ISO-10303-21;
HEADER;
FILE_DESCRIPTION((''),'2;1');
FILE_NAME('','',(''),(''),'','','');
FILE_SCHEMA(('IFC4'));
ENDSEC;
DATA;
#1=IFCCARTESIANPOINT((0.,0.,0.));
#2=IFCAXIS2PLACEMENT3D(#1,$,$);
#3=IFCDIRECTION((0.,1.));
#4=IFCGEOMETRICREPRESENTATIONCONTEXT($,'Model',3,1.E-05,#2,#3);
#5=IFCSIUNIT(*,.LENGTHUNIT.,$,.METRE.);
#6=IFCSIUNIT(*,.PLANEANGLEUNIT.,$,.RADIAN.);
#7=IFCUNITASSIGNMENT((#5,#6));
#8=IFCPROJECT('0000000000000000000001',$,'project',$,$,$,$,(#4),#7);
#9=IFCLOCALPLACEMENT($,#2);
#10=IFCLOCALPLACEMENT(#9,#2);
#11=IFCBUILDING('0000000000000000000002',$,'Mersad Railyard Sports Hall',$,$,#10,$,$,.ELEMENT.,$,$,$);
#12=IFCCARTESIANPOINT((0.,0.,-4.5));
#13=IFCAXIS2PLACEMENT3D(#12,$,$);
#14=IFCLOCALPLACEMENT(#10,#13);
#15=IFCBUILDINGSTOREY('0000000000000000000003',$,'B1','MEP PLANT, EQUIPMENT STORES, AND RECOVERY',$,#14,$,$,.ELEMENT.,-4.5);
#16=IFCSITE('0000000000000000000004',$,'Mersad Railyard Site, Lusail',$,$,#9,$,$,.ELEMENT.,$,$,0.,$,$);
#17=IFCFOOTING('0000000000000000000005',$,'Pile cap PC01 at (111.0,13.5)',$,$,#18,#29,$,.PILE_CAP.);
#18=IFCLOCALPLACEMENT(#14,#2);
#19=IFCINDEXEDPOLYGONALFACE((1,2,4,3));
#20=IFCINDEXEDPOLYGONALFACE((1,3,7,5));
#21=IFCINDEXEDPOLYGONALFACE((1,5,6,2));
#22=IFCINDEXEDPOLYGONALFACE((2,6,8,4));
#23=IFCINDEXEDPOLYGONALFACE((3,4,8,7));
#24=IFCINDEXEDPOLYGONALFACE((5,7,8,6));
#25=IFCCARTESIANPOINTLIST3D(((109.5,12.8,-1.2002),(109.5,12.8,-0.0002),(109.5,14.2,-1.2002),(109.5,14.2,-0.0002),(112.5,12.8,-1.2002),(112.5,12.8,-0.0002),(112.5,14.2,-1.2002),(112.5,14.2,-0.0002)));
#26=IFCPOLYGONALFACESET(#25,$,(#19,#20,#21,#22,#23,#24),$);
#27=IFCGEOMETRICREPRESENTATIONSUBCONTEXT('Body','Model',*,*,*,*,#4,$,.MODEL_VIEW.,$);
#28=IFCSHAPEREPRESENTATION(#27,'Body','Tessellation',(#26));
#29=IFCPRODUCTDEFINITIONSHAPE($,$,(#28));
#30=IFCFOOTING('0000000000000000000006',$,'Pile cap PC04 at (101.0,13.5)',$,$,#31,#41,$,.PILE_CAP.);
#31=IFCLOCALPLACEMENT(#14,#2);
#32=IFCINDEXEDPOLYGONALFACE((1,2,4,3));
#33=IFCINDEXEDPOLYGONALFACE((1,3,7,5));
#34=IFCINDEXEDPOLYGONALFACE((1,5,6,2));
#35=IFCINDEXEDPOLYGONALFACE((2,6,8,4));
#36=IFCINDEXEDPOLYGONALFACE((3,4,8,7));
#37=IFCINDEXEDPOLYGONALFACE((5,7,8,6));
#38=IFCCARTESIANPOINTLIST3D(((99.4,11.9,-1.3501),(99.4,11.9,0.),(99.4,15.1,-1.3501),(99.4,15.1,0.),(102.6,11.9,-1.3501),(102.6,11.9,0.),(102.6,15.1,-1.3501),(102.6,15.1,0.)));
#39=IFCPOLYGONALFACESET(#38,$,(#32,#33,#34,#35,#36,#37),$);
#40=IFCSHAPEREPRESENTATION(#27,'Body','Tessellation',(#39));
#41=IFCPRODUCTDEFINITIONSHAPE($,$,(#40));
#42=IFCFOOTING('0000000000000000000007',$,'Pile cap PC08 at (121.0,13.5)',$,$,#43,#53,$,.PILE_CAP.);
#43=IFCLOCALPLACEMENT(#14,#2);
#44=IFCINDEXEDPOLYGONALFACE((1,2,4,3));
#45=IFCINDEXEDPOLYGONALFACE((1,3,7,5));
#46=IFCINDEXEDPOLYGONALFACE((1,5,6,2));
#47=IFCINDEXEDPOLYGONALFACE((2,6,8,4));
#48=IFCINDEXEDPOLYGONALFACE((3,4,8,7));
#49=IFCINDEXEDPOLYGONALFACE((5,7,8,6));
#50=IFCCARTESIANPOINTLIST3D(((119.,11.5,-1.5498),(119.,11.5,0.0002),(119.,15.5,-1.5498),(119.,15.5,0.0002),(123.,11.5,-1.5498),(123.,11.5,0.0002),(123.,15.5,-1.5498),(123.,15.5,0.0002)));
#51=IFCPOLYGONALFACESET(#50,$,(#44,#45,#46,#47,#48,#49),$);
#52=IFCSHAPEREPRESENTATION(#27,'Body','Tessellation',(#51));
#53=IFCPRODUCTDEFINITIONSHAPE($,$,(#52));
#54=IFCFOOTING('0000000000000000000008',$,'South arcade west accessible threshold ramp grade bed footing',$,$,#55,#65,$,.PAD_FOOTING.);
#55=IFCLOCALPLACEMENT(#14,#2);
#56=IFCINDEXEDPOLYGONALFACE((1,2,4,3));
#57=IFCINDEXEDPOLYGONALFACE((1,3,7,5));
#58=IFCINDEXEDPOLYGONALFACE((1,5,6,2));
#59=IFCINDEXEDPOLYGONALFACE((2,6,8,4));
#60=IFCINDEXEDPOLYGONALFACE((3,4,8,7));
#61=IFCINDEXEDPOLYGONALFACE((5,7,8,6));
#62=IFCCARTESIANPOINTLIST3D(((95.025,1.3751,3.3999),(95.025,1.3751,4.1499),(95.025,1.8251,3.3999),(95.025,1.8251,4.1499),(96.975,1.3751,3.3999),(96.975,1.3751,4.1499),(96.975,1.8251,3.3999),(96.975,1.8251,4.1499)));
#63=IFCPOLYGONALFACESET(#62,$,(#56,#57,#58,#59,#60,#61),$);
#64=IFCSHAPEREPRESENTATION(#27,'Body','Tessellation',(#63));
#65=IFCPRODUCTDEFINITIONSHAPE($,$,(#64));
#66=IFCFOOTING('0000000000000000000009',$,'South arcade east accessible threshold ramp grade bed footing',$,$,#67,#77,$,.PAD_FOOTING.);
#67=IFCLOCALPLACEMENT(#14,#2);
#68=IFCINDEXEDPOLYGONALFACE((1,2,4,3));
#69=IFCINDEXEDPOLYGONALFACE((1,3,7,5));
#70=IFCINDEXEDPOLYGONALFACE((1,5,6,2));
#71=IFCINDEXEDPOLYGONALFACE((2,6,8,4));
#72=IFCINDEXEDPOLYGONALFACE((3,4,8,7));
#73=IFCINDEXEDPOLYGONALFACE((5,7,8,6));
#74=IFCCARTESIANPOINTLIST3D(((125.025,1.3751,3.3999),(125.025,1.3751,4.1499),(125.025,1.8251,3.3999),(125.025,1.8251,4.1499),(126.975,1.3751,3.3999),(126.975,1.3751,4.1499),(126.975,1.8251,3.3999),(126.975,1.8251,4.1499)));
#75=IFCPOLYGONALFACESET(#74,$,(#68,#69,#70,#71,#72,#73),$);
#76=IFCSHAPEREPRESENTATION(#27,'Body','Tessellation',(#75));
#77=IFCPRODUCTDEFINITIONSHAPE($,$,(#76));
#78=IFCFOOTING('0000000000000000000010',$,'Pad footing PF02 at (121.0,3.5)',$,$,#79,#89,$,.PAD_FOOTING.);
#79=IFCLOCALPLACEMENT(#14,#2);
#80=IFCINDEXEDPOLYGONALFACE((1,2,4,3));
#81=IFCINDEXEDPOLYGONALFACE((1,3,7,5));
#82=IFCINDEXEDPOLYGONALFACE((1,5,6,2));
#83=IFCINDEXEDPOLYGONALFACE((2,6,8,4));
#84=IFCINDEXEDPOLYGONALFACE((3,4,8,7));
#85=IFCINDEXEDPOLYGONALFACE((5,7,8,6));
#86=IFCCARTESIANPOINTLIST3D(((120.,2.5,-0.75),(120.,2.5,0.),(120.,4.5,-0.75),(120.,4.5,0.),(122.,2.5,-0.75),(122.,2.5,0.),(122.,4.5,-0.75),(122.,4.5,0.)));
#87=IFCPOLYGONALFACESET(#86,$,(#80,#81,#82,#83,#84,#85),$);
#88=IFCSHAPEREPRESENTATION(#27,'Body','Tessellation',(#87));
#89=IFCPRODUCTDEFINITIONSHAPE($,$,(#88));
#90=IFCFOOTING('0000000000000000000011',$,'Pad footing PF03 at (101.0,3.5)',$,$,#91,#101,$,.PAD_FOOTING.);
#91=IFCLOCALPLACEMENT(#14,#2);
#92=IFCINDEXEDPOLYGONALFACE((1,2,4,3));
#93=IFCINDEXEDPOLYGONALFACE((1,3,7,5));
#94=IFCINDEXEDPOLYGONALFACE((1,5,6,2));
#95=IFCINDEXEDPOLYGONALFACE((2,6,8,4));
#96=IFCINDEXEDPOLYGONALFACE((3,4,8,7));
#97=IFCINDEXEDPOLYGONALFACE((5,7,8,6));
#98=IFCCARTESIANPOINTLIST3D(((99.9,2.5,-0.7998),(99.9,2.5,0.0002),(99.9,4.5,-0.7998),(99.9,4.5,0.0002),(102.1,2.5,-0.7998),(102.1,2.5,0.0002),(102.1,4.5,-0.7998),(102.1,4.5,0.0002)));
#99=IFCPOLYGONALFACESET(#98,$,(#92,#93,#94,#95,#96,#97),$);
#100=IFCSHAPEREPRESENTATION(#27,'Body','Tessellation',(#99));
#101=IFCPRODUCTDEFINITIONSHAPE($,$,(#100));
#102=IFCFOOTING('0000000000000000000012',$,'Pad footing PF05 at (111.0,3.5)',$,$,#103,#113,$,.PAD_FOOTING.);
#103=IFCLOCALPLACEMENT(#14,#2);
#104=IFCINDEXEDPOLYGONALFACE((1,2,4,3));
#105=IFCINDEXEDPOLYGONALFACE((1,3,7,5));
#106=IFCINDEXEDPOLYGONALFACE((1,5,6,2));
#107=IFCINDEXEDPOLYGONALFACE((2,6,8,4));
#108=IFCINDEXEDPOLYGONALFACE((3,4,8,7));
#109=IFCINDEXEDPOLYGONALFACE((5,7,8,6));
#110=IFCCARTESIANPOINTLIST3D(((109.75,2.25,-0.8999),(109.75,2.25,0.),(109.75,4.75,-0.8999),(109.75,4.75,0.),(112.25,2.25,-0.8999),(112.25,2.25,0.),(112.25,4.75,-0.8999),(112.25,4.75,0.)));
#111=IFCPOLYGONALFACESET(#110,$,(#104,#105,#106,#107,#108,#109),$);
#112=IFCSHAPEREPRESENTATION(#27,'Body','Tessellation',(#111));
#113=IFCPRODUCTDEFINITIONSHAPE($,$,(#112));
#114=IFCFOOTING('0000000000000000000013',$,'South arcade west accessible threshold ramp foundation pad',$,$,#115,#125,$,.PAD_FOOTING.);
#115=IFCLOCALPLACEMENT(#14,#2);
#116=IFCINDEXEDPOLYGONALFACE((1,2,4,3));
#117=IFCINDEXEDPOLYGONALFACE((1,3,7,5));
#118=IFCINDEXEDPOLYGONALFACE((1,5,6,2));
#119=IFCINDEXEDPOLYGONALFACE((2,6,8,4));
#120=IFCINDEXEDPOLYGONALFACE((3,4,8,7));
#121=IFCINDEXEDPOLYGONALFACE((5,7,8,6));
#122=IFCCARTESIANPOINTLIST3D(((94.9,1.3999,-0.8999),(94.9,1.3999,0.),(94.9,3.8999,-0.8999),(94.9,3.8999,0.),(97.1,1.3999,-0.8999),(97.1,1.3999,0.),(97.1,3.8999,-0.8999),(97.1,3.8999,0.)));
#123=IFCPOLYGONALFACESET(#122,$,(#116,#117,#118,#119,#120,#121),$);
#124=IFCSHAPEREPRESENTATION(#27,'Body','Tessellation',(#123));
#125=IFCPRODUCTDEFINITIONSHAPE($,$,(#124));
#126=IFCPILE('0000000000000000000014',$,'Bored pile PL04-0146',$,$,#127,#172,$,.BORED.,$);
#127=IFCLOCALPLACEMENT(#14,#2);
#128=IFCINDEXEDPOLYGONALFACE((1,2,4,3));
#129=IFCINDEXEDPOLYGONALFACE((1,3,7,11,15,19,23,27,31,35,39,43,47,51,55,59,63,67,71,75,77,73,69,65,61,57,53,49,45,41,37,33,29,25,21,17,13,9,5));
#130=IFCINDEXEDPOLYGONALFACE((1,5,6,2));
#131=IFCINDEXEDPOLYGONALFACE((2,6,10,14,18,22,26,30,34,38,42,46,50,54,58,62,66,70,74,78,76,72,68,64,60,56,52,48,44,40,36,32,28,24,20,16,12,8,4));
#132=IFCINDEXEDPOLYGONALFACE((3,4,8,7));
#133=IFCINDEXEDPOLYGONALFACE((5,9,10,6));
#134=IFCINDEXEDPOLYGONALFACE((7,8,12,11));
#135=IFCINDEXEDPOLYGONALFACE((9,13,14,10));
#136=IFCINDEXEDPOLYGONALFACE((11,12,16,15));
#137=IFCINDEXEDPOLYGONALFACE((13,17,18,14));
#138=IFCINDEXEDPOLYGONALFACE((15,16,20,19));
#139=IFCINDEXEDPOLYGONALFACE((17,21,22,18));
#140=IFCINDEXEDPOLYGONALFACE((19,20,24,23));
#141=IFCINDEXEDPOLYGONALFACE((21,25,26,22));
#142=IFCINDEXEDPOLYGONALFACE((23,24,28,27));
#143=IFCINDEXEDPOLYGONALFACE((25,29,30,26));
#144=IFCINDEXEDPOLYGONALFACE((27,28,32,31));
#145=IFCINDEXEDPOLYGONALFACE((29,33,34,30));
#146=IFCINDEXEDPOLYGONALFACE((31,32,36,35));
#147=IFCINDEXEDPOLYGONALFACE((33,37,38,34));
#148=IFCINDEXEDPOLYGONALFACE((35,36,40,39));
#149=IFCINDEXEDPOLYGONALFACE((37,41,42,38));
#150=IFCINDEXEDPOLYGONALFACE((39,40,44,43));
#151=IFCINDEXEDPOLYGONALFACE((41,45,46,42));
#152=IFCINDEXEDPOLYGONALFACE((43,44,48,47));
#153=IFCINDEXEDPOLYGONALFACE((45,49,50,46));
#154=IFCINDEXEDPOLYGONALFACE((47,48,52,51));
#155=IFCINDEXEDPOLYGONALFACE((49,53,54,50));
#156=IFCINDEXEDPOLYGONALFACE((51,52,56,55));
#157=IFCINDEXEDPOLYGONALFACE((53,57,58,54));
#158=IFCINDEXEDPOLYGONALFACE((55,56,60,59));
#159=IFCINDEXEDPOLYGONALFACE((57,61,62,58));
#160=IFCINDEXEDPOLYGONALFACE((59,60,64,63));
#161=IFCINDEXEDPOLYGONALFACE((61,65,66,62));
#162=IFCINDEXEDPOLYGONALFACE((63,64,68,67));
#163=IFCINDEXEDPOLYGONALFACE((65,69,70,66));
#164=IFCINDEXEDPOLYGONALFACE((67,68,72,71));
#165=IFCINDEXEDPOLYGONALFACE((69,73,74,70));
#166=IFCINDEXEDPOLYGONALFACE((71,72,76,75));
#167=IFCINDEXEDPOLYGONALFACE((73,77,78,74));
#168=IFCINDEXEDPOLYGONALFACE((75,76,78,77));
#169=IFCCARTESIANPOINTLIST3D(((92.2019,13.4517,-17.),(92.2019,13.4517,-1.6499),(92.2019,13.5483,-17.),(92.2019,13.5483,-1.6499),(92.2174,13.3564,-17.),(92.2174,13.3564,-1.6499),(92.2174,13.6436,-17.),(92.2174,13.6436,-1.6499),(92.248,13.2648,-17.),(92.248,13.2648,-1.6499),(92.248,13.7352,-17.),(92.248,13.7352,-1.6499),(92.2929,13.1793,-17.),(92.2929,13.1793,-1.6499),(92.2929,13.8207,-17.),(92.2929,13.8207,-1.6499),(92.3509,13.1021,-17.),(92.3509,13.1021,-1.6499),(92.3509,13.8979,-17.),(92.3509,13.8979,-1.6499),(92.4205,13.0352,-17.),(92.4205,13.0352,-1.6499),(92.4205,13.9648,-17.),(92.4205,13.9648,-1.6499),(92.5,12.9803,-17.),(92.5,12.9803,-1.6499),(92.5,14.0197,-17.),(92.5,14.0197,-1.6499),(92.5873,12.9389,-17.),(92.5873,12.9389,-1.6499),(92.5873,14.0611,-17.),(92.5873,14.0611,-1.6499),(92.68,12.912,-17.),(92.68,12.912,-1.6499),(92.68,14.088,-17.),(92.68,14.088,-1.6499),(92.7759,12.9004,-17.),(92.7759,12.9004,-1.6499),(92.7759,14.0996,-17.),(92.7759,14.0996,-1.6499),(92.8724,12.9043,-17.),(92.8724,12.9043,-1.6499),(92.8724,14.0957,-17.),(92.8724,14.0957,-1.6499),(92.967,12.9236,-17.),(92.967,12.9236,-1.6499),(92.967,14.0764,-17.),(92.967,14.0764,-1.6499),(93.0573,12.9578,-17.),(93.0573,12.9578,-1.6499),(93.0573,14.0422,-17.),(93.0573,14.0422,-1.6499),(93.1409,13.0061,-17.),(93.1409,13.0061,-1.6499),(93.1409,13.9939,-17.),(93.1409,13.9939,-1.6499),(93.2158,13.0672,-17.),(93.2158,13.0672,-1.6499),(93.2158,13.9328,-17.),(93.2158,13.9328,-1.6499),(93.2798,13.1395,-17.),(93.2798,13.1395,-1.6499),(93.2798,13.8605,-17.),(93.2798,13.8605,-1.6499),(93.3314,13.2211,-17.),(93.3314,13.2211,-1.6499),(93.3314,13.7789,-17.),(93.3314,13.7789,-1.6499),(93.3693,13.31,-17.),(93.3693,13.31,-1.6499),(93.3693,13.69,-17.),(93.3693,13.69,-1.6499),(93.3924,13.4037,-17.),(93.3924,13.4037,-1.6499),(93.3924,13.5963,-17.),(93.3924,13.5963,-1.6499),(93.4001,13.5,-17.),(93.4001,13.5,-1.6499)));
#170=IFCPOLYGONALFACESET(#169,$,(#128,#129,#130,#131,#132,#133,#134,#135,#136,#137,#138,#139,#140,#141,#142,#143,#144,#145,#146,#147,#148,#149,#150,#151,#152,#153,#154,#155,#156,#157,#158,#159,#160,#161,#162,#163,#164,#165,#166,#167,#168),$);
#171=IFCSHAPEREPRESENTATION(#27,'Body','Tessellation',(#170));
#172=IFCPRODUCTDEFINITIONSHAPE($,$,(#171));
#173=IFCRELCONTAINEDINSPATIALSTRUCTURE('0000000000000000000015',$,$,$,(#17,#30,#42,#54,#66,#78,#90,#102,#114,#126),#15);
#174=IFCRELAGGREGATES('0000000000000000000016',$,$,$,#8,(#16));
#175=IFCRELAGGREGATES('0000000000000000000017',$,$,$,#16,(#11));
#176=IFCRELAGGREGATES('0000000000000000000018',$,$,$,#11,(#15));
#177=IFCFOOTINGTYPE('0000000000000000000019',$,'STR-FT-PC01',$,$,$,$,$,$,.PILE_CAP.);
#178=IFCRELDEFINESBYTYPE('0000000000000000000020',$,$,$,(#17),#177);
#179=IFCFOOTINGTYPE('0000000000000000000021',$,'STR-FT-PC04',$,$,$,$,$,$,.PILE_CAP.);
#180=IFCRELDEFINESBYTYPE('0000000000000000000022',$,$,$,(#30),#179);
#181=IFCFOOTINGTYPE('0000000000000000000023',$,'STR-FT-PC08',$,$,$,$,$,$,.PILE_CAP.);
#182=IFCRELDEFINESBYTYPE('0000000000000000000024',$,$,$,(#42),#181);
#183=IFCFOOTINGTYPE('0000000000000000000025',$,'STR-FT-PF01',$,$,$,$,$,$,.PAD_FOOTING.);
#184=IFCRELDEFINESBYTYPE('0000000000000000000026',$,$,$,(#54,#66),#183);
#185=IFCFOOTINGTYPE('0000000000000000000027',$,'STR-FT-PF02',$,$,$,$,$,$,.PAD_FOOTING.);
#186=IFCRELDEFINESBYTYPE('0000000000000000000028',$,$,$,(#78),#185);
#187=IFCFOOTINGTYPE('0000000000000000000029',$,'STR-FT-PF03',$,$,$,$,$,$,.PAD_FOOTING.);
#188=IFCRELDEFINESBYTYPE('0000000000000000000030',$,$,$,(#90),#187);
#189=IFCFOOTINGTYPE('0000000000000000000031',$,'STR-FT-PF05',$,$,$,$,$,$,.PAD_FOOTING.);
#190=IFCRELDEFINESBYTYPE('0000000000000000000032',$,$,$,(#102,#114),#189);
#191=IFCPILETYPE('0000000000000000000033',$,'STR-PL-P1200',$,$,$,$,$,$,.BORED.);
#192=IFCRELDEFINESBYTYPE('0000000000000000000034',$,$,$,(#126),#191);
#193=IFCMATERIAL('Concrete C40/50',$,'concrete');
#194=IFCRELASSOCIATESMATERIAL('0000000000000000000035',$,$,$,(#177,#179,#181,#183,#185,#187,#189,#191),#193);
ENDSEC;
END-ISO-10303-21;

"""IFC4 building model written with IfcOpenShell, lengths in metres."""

from ifc_helpers import new_model, si_unit, direction, frame, origin, origin_2d, place, context, subcontext, project, spatial, rectangle, circle, extrude, material, material_profile, profile_set, type_object, element, save


model = new_model("IFC4")

# Units and contexts
model_context = context("Model", 3, precision=1e-05, world=origin(), true_north=direction((0.0, 1.0)))
body_context = subcontext(model_context, "Body", "Model", "MODEL_VIEW")
ifc_project = project(units=[si_unit("LENGTHUNIT", "METRE"), si_unit("PLANEANGLEUNIT", "RADIAN")], contexts=[model_context])

# Site, building, storey
site_placement = place(None, origin())
site = spatial("IfcSite", under=ifc_project, at=site_placement, Name="Mersad Railyard Site, Lusail", CompositionType="ELEMENT", RefElevation=0.0)
building_placement = place(site_placement, origin())
building = spatial("IfcBuilding", under=site, at=building_placement, Name="Mersad Railyard Sports Hall", CompositionType="ELEMENT")
storey_placement = place(building_placement, frame((0.0, 0.0, -4.5)))
storey = spatial("IfcBuildingStorey", under=building, at=storey_placement, Name="B1", Description="MEP PLANT, EQUIPMENT STORES, AND RECOVERY", CompositionType="ELEMENT", Elevation=-4.5)

# Footings
ifc_material_1 = material(Name="Concrete C40/50", Category="concrete")
footing_type_1 = type_object("IfcFootingType", Name="STR-FT-PC01", PredefinedType="PILE_CAP", material=ifc_material_1)
footing_1_placement = place(storey_placement, frame((111.0, 13.5, -1.2002), z_axis=(0.0, 0.0, 1.0), x_axis=(1.0, 0.0, 0.0)))
element("IfcFooting", 1, at=footing_1_placement, inside=storey, type_object=footing_type_1, Name="Pile cap PC01 at (111.0,13.5)", PredefinedType="PILE_CAP", context=body_context, shape_type="SweptSolid", body=[
    extrude(rectangle(XDim=3.0, YDim=1.3999, at=origin_2d()), origin(), (0.0, 0.0, 1.0), 1.2),
])
footing_type_2 = type_object("IfcFootingType", Name="STR-FT-PC04", PredefinedType="PILE_CAP", material=ifc_material_1)
footing_2_placement = place(storey_placement, frame((101.0, 13.5, -1.3501), z_axis=(0.0, 0.0, 1.0), x_axis=(1.0, 0.0, 0.0)))
element("IfcFooting", 2, at=footing_2_placement, inside=storey, type_object=footing_type_2, Name="Pile cap PC04 at (101.0,13.5)", PredefinedType="PILE_CAP", context=body_context, shape_type="SweptSolid", body=[
    extrude(rectangle(XDim=3.2, YDim=3.2, at=origin_2d()), origin(), (0.0, 0.0, 1.0), 1.3501),
])
footing_type_3 = type_object("IfcFootingType", Name="STR-FT-PC08", PredefinedType="PILE_CAP", material=ifc_material_1)
footing_3_placement = place(storey_placement, frame((121.0, 13.5, -1.5498), z_axis=(0.0, 0.0, 1.0), x_axis=(1.0, 0.0, 0.0)))
element("IfcFooting", 3, at=footing_3_placement, inside=storey, type_object=footing_type_3, Name="Pile cap PC08 at (121.0,13.5)", PredefinedType="PILE_CAP", context=body_context, shape_type="SweptSolid", body=[
    extrude(rectangle(XDim=4.0, YDim=4.0, at=origin_2d()), origin(), (0.0, 0.0, 1.0), 1.55),
])
footing_type_4 = type_object("IfcFootingType", Name="STR-FT-PF01", PredefinedType="PAD_FOOTING", material=ifc_material_1)
for number, where, z_axis, x_axis, name in (
    (4, (96.0, 1.6001, 3.3999), (0.0, 0.0, 1.0), (1.0, 0.0, 0.0), "South arcade west accessible threshold ramp grade bed footing"),
    (5, (126.0, 1.6001, 3.3999), (0.0, 0.0, 1.0), (1.0, 0.0, 0.0), "South arcade east accessible threshold ramp grade bed footing"),
):
    element("IfcFooting", number, at=place(storey_placement, frame(where, z_axis=z_axis, x_axis=x_axis)), inside=storey, type_object=footing_type_4, Name=name, PredefinedType="PAD_FOOTING", context=body_context, shape_type="SweptSolid", body=[
        extrude(rectangle(XDim=1.95, YDim=0.45, at=origin_2d()), origin(), (0.0, 0.0, 1.0), 0.75),
    ])
footing_type_5 = type_object("IfcFootingType", Name="STR-FT-PF02", PredefinedType="PAD_FOOTING", material=ifc_material_1)
footing_4_placement = place(storey_placement, frame((121.0, 3.5, -0.75), z_axis=(0.0, 0.0, 1.0), x_axis=(1.0, 0.0, 0.0)))
element("IfcFooting", 6, at=footing_4_placement, inside=storey, type_object=footing_type_5, Name="Pad footing PF02 at (121.0,3.5)", PredefinedType="PAD_FOOTING", context=body_context, shape_type="SweptSolid", body=[
    extrude(rectangle(XDim=2.0, YDim=2.0, at=origin_2d()), origin(), (0.0, 0.0, 1.0), 0.75),
])
footing_type_6 = type_object("IfcFootingType", Name="STR-FT-PF03", PredefinedType="PAD_FOOTING", material=ifc_material_1)
footing_5_placement = place(storey_placement, frame((101.0, 3.5, -0.7998), z_axis=(0.0, 0.0, 1.0), x_axis=(1.0, 0.0, 0.0)))
element("IfcFooting", 7, at=footing_5_placement, inside=storey, type_object=footing_type_6, Name="Pad footing PF03 at (101.0,3.5)", PredefinedType="PAD_FOOTING", context=body_context, shape_type="SweptSolid", body=[
    extrude(rectangle(XDim=2.2, YDim=2.0, at=origin_2d()), origin(), (0.0, 0.0, 1.0), 0.8),
])
footing_type_7 = type_object("IfcFootingType", Name="STR-FT-PF05", PredefinedType="PAD_FOOTING", material=ifc_material_1)
footing_6_placement = place(storey_placement, frame((111.0, 3.5, -0.8999), z_axis=(0.0, 0.0, 1.0), x_axis=(1.0, 0.0, 0.0)))
element("IfcFooting", 8, at=footing_6_placement, inside=storey, type_object=footing_type_7, Name="Pad footing PF05 at (111.0,3.5)", PredefinedType="PAD_FOOTING", context=body_context, shape_type="SweptSolid", body=[
    extrude(rectangle(XDim=2.5, YDim=2.5, at=origin_2d()), origin(), (0.0, 0.0, 1.0), 0.8999),
])
footing_7_placement = place(storey_placement, frame((96.0, 2.6499, -0.8999), z_axis=(0.0, 0.0, 1.0), x_axis=(1.0, 0.0, 0.0)))
element("IfcFooting", 9, at=footing_7_placement, inside=storey, type_object=footing_type_7, Name="South arcade west accessible threshold ramp foundation pad", PredefinedType="PAD_FOOTING", context=body_context, shape_type="SweptSolid", body=[
    extrude(rectangle(XDim=2.2, YDim=2.5, at=origin_2d()), origin(), (0.0, 0.0, 1.0), 0.8999),
])

# Pile
ifc_material_profile_1 = material_profile(ifc_material_1, circle(Radius=0.6001, at=origin_2d()), Name="BORED PILE D1200")
ifc_profile_set_1 = profile_set([ifc_material_profile_1], Name="Concrete C40/50")
pile_type_1 = type_object("IfcPileType", Name="STR-PL-P1200", PredefinedType="BORED", material=ifc_profile_set_1)
pile_1_placement = place(storey_placement, frame((92.8, 13.5, -1.6499), z_axis=(0.0, 0.0, -1.0), x_axis=(1.0, 0.0, 0.0)))
element("IfcPile", 10, at=pile_1_placement, inside=storey, type_object=pile_type_1, Name="Bored pile PL04-0146", PredefinedType="BORED", context=body_context, shape_type="SweptSolid", body=[
    extrude(circle(Radius=0.6001, at=origin_2d()), origin(), (0.0, 0.0, 1.0), 15.3501),
])

save(model, "model.ifc")
